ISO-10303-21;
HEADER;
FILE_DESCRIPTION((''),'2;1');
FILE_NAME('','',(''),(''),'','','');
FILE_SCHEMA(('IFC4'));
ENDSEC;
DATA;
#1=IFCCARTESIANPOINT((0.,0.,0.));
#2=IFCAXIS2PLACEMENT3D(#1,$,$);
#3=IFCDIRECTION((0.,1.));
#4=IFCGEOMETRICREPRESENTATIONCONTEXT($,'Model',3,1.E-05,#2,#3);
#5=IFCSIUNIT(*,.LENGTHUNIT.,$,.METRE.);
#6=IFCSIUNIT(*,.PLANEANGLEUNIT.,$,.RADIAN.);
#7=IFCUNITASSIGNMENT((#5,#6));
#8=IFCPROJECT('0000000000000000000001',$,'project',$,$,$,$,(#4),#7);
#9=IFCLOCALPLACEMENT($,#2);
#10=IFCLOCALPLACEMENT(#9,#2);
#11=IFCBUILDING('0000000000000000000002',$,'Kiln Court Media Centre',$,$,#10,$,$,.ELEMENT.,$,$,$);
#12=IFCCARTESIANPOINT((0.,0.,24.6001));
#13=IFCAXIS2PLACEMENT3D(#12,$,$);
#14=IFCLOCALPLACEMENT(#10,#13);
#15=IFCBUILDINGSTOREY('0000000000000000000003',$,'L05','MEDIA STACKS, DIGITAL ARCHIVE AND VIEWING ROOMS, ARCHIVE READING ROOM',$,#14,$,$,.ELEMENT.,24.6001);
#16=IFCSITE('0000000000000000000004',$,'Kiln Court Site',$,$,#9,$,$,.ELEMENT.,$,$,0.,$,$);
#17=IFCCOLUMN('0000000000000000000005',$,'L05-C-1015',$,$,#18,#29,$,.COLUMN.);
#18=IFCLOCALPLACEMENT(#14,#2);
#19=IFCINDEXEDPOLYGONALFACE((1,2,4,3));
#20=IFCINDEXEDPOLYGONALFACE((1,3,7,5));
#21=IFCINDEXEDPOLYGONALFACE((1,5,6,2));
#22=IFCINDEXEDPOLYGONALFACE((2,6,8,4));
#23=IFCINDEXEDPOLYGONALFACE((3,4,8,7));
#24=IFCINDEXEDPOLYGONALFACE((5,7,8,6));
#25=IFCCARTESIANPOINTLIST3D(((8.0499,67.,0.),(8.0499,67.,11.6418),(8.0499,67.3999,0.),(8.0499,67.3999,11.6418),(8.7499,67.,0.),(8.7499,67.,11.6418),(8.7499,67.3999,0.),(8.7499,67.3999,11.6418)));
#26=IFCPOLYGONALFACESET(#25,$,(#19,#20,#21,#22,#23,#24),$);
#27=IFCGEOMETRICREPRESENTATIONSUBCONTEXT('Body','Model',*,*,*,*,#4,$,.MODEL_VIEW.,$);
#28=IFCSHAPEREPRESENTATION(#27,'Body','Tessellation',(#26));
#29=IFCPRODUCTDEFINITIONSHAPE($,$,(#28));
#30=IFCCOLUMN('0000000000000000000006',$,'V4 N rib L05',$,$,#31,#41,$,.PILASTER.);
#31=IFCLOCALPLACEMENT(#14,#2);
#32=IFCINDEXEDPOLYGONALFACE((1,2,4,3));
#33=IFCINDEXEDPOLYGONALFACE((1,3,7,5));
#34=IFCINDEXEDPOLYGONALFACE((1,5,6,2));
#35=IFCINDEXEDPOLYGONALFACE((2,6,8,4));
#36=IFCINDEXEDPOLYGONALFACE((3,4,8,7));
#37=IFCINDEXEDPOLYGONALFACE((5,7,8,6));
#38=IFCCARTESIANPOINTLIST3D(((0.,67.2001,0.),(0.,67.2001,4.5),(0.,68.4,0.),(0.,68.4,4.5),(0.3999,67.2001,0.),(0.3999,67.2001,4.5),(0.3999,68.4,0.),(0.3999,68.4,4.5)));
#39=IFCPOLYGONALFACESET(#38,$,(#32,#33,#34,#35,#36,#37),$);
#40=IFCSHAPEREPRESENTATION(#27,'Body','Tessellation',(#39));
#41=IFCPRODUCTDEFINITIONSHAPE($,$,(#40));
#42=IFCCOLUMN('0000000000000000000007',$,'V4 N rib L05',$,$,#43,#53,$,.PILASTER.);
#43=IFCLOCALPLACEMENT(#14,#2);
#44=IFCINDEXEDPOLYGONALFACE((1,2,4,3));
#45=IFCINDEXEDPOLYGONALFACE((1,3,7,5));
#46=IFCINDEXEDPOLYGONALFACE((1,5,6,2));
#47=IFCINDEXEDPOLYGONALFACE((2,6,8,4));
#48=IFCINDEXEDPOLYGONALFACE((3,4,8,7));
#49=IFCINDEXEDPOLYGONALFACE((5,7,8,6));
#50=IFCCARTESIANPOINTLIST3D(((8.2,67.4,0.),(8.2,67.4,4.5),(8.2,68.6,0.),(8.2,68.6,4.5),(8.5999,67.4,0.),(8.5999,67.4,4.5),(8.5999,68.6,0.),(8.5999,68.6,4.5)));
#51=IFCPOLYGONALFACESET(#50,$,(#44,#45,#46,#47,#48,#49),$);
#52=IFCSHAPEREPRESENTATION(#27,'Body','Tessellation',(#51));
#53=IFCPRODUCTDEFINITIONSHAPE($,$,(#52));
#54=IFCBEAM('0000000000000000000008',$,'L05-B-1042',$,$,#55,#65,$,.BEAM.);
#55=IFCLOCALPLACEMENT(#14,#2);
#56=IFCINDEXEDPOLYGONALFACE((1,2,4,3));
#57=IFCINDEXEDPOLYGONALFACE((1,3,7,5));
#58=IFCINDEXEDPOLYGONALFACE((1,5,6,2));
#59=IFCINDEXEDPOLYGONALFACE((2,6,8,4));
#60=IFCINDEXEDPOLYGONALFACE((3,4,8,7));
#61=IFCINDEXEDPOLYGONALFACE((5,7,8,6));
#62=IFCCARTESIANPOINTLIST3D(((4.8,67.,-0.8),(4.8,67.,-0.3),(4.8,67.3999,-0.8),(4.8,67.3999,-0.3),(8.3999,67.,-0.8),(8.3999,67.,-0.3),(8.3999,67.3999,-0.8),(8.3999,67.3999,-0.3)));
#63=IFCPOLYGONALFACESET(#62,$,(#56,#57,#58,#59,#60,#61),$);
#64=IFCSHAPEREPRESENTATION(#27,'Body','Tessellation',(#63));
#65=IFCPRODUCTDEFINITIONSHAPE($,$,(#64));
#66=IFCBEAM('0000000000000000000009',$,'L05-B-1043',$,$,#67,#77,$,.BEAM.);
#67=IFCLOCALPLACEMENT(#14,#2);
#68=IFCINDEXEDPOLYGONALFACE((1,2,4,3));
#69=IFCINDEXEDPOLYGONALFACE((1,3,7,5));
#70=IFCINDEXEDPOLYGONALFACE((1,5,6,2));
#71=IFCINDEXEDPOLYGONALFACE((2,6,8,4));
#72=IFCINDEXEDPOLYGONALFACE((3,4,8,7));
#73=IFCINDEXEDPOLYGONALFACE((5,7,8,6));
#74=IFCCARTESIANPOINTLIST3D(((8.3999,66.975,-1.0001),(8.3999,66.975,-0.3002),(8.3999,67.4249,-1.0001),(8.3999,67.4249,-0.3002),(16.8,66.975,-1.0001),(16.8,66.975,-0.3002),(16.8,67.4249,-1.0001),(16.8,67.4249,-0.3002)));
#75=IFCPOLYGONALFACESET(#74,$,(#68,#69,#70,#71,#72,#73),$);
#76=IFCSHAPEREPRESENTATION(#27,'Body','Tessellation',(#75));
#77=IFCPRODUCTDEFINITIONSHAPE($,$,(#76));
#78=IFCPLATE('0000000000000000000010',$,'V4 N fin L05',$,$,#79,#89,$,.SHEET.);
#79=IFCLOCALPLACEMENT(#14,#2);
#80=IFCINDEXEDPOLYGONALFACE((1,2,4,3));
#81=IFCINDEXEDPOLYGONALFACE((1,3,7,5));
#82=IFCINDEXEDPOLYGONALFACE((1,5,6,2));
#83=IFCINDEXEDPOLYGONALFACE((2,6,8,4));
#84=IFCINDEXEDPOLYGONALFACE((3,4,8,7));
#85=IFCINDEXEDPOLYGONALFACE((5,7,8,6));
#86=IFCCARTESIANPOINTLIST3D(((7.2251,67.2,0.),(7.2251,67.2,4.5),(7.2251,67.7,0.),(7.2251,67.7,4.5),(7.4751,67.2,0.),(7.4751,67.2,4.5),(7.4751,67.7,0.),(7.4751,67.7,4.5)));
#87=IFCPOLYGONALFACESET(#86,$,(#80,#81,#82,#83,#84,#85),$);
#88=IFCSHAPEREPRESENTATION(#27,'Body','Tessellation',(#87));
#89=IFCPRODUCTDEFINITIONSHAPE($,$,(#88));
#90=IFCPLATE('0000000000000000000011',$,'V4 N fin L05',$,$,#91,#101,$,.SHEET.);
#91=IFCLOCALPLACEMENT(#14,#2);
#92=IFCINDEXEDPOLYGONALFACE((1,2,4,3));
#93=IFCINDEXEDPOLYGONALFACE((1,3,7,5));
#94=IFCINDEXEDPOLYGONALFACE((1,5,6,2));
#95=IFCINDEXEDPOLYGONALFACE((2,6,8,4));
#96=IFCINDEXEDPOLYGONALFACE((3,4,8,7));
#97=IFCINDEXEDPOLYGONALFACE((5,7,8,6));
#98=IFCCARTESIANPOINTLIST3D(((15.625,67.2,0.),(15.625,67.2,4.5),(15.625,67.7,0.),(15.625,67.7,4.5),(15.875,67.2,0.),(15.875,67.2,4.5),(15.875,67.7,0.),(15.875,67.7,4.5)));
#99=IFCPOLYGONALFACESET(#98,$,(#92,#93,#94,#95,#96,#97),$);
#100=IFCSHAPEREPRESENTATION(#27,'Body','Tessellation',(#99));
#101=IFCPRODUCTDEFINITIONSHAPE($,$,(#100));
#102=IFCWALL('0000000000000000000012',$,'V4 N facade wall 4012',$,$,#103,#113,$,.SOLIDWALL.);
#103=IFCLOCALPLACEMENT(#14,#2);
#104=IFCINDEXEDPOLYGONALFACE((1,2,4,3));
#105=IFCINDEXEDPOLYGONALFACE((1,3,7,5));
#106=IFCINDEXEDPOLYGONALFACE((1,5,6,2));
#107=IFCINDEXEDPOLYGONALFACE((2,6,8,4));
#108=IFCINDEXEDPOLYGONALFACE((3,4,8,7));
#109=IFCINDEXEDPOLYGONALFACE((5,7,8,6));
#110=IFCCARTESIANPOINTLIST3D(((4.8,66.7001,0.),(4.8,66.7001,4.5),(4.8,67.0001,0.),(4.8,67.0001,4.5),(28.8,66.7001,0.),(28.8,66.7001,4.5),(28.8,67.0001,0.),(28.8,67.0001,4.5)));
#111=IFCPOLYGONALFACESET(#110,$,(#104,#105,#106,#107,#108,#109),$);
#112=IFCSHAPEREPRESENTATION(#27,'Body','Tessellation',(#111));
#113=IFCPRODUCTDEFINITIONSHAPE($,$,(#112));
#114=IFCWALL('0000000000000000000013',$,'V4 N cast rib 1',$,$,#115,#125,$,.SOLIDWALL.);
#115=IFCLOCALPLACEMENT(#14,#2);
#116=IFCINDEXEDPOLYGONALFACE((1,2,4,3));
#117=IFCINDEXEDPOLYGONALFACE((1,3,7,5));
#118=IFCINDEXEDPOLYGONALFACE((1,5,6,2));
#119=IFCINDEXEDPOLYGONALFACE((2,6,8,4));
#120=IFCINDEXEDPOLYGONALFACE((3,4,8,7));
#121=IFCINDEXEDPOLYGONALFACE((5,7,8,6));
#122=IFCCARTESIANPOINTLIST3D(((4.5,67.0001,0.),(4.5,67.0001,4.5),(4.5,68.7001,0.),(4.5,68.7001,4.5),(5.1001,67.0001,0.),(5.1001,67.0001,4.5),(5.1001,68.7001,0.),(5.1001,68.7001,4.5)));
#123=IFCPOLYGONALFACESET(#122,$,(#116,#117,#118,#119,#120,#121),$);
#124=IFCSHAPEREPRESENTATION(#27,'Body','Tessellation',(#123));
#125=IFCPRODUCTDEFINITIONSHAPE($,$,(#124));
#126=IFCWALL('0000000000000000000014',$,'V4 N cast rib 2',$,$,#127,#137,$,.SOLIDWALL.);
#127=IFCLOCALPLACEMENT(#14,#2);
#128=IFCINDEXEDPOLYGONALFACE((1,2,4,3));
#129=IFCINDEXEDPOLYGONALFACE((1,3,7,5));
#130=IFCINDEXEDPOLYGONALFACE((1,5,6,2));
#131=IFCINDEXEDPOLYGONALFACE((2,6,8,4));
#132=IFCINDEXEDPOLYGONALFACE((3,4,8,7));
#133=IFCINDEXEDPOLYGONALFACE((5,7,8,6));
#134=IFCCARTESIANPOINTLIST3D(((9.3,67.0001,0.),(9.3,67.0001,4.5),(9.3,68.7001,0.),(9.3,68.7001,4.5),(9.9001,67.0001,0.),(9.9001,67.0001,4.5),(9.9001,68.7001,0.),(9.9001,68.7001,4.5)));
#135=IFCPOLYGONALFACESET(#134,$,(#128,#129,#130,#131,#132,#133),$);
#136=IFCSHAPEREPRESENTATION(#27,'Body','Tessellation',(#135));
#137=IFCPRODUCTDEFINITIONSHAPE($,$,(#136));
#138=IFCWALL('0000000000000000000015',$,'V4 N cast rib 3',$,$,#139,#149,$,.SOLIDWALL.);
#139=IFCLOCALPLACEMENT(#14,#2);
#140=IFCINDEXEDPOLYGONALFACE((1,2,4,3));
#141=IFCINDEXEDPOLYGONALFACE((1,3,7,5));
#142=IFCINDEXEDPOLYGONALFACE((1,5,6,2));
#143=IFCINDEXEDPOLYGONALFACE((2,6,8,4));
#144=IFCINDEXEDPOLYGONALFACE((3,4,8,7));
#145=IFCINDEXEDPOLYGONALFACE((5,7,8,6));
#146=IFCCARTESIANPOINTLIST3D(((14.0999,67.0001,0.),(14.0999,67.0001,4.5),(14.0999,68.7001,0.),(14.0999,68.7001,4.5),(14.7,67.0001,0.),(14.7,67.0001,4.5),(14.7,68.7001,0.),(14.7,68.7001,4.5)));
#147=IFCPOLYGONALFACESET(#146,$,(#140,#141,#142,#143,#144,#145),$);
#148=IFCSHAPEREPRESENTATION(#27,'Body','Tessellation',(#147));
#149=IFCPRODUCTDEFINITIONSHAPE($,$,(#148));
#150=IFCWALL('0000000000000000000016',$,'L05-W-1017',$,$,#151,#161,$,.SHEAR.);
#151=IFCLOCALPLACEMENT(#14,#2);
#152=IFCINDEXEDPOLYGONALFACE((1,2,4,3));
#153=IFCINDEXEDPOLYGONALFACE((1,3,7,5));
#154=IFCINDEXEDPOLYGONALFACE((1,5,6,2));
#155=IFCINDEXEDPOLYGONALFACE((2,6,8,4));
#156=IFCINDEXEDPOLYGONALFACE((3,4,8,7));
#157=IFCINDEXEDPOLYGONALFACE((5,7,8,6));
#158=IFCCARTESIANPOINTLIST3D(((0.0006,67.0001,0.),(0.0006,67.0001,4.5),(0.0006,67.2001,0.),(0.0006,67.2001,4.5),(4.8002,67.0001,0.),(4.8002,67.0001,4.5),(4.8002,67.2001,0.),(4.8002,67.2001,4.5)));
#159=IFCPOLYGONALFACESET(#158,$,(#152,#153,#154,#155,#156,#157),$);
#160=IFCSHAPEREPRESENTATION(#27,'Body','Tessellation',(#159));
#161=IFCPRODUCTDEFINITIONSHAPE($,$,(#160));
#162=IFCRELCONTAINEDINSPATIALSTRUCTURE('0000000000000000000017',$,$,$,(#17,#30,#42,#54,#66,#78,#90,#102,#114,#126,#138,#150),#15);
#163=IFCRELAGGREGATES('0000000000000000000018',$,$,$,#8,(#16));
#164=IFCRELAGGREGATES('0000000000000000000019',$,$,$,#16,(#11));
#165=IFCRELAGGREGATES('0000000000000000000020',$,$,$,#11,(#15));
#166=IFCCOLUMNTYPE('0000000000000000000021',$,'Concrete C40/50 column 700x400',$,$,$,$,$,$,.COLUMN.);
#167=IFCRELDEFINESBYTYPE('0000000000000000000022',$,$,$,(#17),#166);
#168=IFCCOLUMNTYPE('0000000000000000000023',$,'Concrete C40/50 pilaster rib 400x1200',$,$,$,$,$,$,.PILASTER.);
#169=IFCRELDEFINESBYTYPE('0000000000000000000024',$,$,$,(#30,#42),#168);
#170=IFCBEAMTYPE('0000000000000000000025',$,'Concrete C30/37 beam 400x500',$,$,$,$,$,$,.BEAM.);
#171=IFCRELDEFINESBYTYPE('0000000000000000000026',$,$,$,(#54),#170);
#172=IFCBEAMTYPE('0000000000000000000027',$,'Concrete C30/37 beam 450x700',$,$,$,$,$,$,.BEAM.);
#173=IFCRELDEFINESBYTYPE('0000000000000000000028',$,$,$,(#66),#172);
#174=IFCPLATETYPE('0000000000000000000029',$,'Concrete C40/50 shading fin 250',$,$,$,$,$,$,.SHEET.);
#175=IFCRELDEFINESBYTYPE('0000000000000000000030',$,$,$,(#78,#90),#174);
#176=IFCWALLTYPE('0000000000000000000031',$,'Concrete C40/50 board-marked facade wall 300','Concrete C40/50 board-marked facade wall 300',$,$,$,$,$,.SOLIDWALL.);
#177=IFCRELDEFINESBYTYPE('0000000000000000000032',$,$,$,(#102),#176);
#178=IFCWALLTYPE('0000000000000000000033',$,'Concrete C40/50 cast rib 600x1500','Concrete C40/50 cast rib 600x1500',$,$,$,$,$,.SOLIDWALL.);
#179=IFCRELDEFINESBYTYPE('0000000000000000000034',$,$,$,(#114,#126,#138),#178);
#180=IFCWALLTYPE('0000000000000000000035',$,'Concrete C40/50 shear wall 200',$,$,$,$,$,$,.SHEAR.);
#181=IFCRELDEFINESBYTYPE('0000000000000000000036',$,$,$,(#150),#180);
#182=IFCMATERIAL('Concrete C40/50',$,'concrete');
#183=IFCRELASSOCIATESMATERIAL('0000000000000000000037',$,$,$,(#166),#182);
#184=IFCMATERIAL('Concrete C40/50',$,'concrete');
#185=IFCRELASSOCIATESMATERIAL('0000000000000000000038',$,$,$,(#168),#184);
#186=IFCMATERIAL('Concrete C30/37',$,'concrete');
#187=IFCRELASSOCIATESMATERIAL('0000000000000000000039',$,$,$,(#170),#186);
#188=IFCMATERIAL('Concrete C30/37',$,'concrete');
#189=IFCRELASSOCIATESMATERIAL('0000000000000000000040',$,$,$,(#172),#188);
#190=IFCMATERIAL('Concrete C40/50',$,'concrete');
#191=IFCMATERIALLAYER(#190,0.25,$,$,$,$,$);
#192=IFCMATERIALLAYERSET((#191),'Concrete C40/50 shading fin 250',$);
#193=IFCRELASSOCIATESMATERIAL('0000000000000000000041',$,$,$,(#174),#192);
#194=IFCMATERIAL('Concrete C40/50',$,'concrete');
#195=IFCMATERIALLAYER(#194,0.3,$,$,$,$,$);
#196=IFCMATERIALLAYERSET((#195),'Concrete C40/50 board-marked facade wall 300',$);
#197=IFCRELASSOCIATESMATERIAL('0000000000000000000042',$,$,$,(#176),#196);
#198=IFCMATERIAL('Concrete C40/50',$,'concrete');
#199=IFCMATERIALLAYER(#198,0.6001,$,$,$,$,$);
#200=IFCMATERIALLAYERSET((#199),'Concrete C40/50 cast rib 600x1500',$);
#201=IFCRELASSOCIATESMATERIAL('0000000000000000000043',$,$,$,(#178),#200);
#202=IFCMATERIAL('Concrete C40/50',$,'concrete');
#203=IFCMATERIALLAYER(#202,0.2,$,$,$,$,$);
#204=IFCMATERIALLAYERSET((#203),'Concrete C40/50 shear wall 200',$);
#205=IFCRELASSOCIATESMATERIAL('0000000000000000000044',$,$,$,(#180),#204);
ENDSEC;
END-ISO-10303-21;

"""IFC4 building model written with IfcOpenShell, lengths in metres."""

from ifc_helpers import new_model, si_unit, direction, frame, frame_2d, origin, origin_2d, place, context, subcontext, project, spatial, rectangle, extrude, material, layer, layer_set, material_profile, profile_set, type_object, element, save


model = new_model("IFC4")

# Units and contexts
model_context = context("Model", 3, precision=1e-05, world=origin(), true_north=direction((0.0, 1.0)))
body_context = subcontext(model_context, "Body", "Model", "MODEL_VIEW")
ifc_project = project(units=[si_unit("LENGTHUNIT", "METRE"), si_unit("PLANEANGLEUNIT", "RADIAN")], contexts=[model_context])

# Site, building, storey
site_placement = place(None, origin())
site = spatial("IfcSite", under=ifc_project, at=site_placement, Name="Kiln Court Site", CompositionType="ELEMENT", RefElevation=0.0)
building_placement = place(site_placement, origin())
building = spatial("IfcBuilding", under=site, at=building_placement, Name="Kiln Court Media Centre", CompositionType="ELEMENT")
storey_placement = place(building_placement, frame((0.0, 0.0, 24.6001)))
storey = spatial("IfcBuildingStorey", under=building, at=storey_placement, Name="L05", Description="MEDIA STACKS, DIGITAL ARCHIVE AND VIEWING ROOMS, ARCHIVE READING ROOM", CompositionType="ELEMENT", Elevation=24.6001)

# Columns
ifc_material_1 = material(Name="Concrete C40/50", Category="concrete")
ifc_material_profile_1 = material_profile(ifc_material_1, rectangle(XDim=0.7, YDim=0.3999, at=origin_2d()), Name="RC 700x400")
ifc_profile_set_1 = profile_set([ifc_material_profile_1], Name="Concrete C40/50")
column_type_1 = type_object("IfcColumnType", Name="Concrete C40/50 column 700x400", PredefinedType="COLUMN", material=ifc_profile_set_1)
column_placement = place(storey_placement, frame((8.3999, 67.2, 0.0), z_axis=(0.0, 0.0, 1.0), x_axis=(1.0, 0.0, 0.0)))
element("IfcColumn", 1, at=column_placement, inside=storey, type_object=column_type_1, Name="L05-C-1015", PredefinedType="COLUMN", context=body_context, shape_type="SweptSolid", body=[
    extrude(rectangle(XDim=0.7, YDim=0.3999, at=origin_2d()), origin(), (0.0, 0.0, 1.0), 11.6418),
])
ifc_material_2 = material(Name="Concrete C40/50", Category="concrete")
ifc_material_profile_2 = material_profile(ifc_material_2, rectangle(XDim=0.3999, YDim=1.2, at=origin_2d()), Name="RC 400x1200")
ifc_profile_set_2 = profile_set([ifc_material_profile_2], Name="Concrete C40/50")
column_type_2 = type_object("IfcColumnType", Name="Concrete C40/50 pilaster rib 400x1200", PredefinedType="PILASTER", material=ifc_profile_set_2)
for number, where, z_axis, x_axis, name in (
    (2, (0.2, 67.8, 0.0), (0.0, 0.0, 1.0), (1.0, 0.0, 0.0), "V4 N rib L05"),
    (3, (8.3999, 68.0, 0.0), (0.0, 0.0, 1.0), (1.0, 0.0, 0.0), "V4 N rib L05"),
):
    element("IfcColumn", number, at=place(storey_placement, frame(where, z_axis=z_axis, x_axis=x_axis)), inside=storey, type_object=column_type_2, Name=name, PredefinedType="PILASTER", context=body_context, shape_type="SweptSolid", body=[
        extrude(rectangle(XDim=0.3999, YDim=1.2, at=origin_2d()), origin(), (0.0, 0.0, 1.0), 4.5),
    ])

# Beams
ifc_material_3 = material(Name="Concrete C30/37", Category="concrete")
ifc_material_profile_3 = material_profile(ifc_material_3, rectangle(XDim=0.3999, YDim=0.5, at=origin_2d()), Name="RC 400x500")
ifc_profile_set_3 = profile_set([ifc_material_profile_3], Name="Concrete C30/37")
beam_type_1 = type_object("IfcBeamType", Name="Concrete C30/37 beam 400x500", PredefinedType="BEAM", material=ifc_profile_set_3)
beam_1_placement = place(storey_placement, frame((4.8, 67.2, -0.55), z_axis=(1.0, 0.0, 0.0), x_axis=(0.0, 1.0, 0.0)))
element("IfcBeam", 4, at=beam_1_placement, inside=storey, type_object=beam_type_1, Name="L05-B-1042", PredefinedType="BEAM", context=body_context, shape_type="SweptSolid", body=[
    extrude(rectangle(XDim=0.3999, YDim=0.5, at=origin_2d()), origin(), (0.0, 0.0, 1.0), 3.5999),
])
ifc_material_4 = material(Name="Concrete C30/37", Category="concrete")
ifc_material_profile_4 = material_profile(ifc_material_4, rectangle(XDim=0.45, YDim=0.7, at=origin_2d()), Name="RC 450x700")
ifc_profile_set_4 = profile_set([ifc_material_profile_4], Name="Concrete C30/37")
beam_type_2 = type_object("IfcBeamType", Name="Concrete C30/37 beam 450x700", PredefinedType="BEAM", material=ifc_profile_set_4)
beam_2_placement = place(storey_placement, frame((8.3999, 67.2, -0.6501), z_axis=(1.0, 0.0, 0.0), x_axis=(0.0, 1.0, 0.0)))
element("IfcBeam", 5, at=beam_2_placement, inside=storey, type_object=beam_type_2, Name="L05-B-1043", PredefinedType="BEAM", context=body_context, shape_type="SweptSolid", body=[
    extrude(rectangle(XDim=0.45, YDim=0.7, at=origin_2d()), origin(), (0.0, 0.0, 1.0), 8.4001),
])

# Plates
ifc_material_5 = material(Name="Concrete C40/50", Category="concrete")
ifc_layer_1 = layer(ifc_material_5, 0.25)
ifc_layer_set_1 = layer_set([ifc_layer_1], Name="Concrete C40/50 shading fin 250")
plate_type = type_object("IfcPlateType", Name="Concrete C40/50 shading fin 250", PredefinedType="SHEET", material=ifc_layer_set_1)
for number, where, z_axis, x_axis, name in (
    (6, (7.3501, 67.45, 0.0), (0.0, 0.0, 1.0), (1.0, 0.0, 0.0), "V4 N fin L05"),
    (7, (15.75, 67.45, 0.0), (0.0, 0.0, 1.0), (1.0, 0.0, 0.0), "V4 N fin L05"),
):
    element("IfcPlate", number, at=place(storey_placement, frame(where, z_axis=z_axis, x_axis=x_axis)), inside=storey, type_object=plate_type, Name=name, PredefinedType="SHEET", context=body_context, shape_type="SweptSolid", body=[
        extrude(rectangle(XDim=0.25, YDim=0.5, at=origin_2d()), origin(), (0.0, 0.0, 1.0), 4.5),
    ])

# Walls
ifc_material_6 = material(Name="Concrete C40/50", Category="concrete")
ifc_layer_2 = layer(ifc_material_6, 0.3)
ifc_layer_set_2 = layer_set([ifc_layer_2], Name="Concrete C40/50 board-marked facade wall 300")
wall_type_1 = type_object("IfcWallType", Name="Concrete C40/50 board-marked facade wall 300", Description="Concrete C40/50 board-marked facade wall 300", PredefinedType="SOLIDWALL", material=ifc_layer_set_2)
wall_1_placement = place(storey_placement, frame((4.8, 66.8501, 0.0), z_axis=(0.0, 0.0, 1.0), x_axis=(1.0, 0.0, 0.0)))
element("IfcWall", 8, at=wall_1_placement, inside=storey, type_object=wall_type_1, Name="V4 N facade wall 4012", PredefinedType="SOLIDWALL", context=body_context, shape_type="SweptSolid", body=[
    extrude(rectangle(XDim=24.0, YDim=0.3, at=frame_2d((12.0, 0.0))), origin(), (0.0, 0.0, 1.0), 4.5),
])
ifc_material_7 = material(Name="Concrete C40/50", Category="concrete")
ifc_layer_3 = layer(ifc_material_7, 0.6001)
ifc_layer_set_3 = layer_set([ifc_layer_3], Name="Concrete C40/50 cast rib 600x1500")
wall_type_2 = type_object("IfcWallType", Name="Concrete C40/50 cast rib 600x1500", Description="Concrete C40/50 cast rib 600x1500", PredefinedType="SOLIDWALL", material=ifc_layer_set_3)
for number, where, z_axis, x_axis, name in (
    (9, (4.8, 67.0, 0.0), (0.0, 0.0, 1.0), (0.0, 1.0, 0.0), "V4 N cast rib 1"),
    (10, (9.6001, 67.0, 0.0), (0.0, 0.0, 1.0), (0.0, 1.0, 0.0), "V4 N cast rib 2"),
    (11, (14.3999, 67.0, 0.0), (0.0, 0.0, 1.0), (0.0, 1.0, 0.0), "V4 N cast rib 3"),
):
    element("IfcWall", number, at=place(storey_placement, frame(where, z_axis=z_axis, x_axis=x_axis)), inside=storey, type_object=wall_type_2, Name=name, PredefinedType="SOLIDWALL", context=body_context, shape_type="SweptSolid", body=[
        extrude(rectangle(XDim=1.7, YDim=0.6001, at=frame_2d((0.8501, 0.0))), origin(), (0.0, 0.0, 1.0), 4.5),
    ])
ifc_material_8 = material(Name="Concrete C40/50", Category="concrete")
ifc_layer_4 = layer(ifc_material_8, 0.2)
ifc_layer_set_4 = layer_set([ifc_layer_4], Name="Concrete C40/50 shear wall 200")
wall_type_3 = type_object("IfcWallType", Name="Concrete C40/50 shear wall 200", PredefinedType="SHEAR", material=ifc_layer_set_4)
wall_2_placement = place(storey_placement, frame((0.0005, 67.1001, 0.0), z_axis=(0.0, 0.0, 1.0), x_axis=(1.0, 0.0, 0.0)))
element("IfcWall", 12, at=wall_2_placement, inside=storey, type_object=wall_type_3, Name="L05-W-1017", PredefinedType="SHEAR", context=body_context, shape_type="SweptSolid", body=[
    extrude(rectangle(XDim=4.7996, YDim=0.2, at=frame_2d((2.3999, 0.0))), origin(), (0.0, 0.0, 1.0), 4.5),
])

save(model, "model.ifc")
